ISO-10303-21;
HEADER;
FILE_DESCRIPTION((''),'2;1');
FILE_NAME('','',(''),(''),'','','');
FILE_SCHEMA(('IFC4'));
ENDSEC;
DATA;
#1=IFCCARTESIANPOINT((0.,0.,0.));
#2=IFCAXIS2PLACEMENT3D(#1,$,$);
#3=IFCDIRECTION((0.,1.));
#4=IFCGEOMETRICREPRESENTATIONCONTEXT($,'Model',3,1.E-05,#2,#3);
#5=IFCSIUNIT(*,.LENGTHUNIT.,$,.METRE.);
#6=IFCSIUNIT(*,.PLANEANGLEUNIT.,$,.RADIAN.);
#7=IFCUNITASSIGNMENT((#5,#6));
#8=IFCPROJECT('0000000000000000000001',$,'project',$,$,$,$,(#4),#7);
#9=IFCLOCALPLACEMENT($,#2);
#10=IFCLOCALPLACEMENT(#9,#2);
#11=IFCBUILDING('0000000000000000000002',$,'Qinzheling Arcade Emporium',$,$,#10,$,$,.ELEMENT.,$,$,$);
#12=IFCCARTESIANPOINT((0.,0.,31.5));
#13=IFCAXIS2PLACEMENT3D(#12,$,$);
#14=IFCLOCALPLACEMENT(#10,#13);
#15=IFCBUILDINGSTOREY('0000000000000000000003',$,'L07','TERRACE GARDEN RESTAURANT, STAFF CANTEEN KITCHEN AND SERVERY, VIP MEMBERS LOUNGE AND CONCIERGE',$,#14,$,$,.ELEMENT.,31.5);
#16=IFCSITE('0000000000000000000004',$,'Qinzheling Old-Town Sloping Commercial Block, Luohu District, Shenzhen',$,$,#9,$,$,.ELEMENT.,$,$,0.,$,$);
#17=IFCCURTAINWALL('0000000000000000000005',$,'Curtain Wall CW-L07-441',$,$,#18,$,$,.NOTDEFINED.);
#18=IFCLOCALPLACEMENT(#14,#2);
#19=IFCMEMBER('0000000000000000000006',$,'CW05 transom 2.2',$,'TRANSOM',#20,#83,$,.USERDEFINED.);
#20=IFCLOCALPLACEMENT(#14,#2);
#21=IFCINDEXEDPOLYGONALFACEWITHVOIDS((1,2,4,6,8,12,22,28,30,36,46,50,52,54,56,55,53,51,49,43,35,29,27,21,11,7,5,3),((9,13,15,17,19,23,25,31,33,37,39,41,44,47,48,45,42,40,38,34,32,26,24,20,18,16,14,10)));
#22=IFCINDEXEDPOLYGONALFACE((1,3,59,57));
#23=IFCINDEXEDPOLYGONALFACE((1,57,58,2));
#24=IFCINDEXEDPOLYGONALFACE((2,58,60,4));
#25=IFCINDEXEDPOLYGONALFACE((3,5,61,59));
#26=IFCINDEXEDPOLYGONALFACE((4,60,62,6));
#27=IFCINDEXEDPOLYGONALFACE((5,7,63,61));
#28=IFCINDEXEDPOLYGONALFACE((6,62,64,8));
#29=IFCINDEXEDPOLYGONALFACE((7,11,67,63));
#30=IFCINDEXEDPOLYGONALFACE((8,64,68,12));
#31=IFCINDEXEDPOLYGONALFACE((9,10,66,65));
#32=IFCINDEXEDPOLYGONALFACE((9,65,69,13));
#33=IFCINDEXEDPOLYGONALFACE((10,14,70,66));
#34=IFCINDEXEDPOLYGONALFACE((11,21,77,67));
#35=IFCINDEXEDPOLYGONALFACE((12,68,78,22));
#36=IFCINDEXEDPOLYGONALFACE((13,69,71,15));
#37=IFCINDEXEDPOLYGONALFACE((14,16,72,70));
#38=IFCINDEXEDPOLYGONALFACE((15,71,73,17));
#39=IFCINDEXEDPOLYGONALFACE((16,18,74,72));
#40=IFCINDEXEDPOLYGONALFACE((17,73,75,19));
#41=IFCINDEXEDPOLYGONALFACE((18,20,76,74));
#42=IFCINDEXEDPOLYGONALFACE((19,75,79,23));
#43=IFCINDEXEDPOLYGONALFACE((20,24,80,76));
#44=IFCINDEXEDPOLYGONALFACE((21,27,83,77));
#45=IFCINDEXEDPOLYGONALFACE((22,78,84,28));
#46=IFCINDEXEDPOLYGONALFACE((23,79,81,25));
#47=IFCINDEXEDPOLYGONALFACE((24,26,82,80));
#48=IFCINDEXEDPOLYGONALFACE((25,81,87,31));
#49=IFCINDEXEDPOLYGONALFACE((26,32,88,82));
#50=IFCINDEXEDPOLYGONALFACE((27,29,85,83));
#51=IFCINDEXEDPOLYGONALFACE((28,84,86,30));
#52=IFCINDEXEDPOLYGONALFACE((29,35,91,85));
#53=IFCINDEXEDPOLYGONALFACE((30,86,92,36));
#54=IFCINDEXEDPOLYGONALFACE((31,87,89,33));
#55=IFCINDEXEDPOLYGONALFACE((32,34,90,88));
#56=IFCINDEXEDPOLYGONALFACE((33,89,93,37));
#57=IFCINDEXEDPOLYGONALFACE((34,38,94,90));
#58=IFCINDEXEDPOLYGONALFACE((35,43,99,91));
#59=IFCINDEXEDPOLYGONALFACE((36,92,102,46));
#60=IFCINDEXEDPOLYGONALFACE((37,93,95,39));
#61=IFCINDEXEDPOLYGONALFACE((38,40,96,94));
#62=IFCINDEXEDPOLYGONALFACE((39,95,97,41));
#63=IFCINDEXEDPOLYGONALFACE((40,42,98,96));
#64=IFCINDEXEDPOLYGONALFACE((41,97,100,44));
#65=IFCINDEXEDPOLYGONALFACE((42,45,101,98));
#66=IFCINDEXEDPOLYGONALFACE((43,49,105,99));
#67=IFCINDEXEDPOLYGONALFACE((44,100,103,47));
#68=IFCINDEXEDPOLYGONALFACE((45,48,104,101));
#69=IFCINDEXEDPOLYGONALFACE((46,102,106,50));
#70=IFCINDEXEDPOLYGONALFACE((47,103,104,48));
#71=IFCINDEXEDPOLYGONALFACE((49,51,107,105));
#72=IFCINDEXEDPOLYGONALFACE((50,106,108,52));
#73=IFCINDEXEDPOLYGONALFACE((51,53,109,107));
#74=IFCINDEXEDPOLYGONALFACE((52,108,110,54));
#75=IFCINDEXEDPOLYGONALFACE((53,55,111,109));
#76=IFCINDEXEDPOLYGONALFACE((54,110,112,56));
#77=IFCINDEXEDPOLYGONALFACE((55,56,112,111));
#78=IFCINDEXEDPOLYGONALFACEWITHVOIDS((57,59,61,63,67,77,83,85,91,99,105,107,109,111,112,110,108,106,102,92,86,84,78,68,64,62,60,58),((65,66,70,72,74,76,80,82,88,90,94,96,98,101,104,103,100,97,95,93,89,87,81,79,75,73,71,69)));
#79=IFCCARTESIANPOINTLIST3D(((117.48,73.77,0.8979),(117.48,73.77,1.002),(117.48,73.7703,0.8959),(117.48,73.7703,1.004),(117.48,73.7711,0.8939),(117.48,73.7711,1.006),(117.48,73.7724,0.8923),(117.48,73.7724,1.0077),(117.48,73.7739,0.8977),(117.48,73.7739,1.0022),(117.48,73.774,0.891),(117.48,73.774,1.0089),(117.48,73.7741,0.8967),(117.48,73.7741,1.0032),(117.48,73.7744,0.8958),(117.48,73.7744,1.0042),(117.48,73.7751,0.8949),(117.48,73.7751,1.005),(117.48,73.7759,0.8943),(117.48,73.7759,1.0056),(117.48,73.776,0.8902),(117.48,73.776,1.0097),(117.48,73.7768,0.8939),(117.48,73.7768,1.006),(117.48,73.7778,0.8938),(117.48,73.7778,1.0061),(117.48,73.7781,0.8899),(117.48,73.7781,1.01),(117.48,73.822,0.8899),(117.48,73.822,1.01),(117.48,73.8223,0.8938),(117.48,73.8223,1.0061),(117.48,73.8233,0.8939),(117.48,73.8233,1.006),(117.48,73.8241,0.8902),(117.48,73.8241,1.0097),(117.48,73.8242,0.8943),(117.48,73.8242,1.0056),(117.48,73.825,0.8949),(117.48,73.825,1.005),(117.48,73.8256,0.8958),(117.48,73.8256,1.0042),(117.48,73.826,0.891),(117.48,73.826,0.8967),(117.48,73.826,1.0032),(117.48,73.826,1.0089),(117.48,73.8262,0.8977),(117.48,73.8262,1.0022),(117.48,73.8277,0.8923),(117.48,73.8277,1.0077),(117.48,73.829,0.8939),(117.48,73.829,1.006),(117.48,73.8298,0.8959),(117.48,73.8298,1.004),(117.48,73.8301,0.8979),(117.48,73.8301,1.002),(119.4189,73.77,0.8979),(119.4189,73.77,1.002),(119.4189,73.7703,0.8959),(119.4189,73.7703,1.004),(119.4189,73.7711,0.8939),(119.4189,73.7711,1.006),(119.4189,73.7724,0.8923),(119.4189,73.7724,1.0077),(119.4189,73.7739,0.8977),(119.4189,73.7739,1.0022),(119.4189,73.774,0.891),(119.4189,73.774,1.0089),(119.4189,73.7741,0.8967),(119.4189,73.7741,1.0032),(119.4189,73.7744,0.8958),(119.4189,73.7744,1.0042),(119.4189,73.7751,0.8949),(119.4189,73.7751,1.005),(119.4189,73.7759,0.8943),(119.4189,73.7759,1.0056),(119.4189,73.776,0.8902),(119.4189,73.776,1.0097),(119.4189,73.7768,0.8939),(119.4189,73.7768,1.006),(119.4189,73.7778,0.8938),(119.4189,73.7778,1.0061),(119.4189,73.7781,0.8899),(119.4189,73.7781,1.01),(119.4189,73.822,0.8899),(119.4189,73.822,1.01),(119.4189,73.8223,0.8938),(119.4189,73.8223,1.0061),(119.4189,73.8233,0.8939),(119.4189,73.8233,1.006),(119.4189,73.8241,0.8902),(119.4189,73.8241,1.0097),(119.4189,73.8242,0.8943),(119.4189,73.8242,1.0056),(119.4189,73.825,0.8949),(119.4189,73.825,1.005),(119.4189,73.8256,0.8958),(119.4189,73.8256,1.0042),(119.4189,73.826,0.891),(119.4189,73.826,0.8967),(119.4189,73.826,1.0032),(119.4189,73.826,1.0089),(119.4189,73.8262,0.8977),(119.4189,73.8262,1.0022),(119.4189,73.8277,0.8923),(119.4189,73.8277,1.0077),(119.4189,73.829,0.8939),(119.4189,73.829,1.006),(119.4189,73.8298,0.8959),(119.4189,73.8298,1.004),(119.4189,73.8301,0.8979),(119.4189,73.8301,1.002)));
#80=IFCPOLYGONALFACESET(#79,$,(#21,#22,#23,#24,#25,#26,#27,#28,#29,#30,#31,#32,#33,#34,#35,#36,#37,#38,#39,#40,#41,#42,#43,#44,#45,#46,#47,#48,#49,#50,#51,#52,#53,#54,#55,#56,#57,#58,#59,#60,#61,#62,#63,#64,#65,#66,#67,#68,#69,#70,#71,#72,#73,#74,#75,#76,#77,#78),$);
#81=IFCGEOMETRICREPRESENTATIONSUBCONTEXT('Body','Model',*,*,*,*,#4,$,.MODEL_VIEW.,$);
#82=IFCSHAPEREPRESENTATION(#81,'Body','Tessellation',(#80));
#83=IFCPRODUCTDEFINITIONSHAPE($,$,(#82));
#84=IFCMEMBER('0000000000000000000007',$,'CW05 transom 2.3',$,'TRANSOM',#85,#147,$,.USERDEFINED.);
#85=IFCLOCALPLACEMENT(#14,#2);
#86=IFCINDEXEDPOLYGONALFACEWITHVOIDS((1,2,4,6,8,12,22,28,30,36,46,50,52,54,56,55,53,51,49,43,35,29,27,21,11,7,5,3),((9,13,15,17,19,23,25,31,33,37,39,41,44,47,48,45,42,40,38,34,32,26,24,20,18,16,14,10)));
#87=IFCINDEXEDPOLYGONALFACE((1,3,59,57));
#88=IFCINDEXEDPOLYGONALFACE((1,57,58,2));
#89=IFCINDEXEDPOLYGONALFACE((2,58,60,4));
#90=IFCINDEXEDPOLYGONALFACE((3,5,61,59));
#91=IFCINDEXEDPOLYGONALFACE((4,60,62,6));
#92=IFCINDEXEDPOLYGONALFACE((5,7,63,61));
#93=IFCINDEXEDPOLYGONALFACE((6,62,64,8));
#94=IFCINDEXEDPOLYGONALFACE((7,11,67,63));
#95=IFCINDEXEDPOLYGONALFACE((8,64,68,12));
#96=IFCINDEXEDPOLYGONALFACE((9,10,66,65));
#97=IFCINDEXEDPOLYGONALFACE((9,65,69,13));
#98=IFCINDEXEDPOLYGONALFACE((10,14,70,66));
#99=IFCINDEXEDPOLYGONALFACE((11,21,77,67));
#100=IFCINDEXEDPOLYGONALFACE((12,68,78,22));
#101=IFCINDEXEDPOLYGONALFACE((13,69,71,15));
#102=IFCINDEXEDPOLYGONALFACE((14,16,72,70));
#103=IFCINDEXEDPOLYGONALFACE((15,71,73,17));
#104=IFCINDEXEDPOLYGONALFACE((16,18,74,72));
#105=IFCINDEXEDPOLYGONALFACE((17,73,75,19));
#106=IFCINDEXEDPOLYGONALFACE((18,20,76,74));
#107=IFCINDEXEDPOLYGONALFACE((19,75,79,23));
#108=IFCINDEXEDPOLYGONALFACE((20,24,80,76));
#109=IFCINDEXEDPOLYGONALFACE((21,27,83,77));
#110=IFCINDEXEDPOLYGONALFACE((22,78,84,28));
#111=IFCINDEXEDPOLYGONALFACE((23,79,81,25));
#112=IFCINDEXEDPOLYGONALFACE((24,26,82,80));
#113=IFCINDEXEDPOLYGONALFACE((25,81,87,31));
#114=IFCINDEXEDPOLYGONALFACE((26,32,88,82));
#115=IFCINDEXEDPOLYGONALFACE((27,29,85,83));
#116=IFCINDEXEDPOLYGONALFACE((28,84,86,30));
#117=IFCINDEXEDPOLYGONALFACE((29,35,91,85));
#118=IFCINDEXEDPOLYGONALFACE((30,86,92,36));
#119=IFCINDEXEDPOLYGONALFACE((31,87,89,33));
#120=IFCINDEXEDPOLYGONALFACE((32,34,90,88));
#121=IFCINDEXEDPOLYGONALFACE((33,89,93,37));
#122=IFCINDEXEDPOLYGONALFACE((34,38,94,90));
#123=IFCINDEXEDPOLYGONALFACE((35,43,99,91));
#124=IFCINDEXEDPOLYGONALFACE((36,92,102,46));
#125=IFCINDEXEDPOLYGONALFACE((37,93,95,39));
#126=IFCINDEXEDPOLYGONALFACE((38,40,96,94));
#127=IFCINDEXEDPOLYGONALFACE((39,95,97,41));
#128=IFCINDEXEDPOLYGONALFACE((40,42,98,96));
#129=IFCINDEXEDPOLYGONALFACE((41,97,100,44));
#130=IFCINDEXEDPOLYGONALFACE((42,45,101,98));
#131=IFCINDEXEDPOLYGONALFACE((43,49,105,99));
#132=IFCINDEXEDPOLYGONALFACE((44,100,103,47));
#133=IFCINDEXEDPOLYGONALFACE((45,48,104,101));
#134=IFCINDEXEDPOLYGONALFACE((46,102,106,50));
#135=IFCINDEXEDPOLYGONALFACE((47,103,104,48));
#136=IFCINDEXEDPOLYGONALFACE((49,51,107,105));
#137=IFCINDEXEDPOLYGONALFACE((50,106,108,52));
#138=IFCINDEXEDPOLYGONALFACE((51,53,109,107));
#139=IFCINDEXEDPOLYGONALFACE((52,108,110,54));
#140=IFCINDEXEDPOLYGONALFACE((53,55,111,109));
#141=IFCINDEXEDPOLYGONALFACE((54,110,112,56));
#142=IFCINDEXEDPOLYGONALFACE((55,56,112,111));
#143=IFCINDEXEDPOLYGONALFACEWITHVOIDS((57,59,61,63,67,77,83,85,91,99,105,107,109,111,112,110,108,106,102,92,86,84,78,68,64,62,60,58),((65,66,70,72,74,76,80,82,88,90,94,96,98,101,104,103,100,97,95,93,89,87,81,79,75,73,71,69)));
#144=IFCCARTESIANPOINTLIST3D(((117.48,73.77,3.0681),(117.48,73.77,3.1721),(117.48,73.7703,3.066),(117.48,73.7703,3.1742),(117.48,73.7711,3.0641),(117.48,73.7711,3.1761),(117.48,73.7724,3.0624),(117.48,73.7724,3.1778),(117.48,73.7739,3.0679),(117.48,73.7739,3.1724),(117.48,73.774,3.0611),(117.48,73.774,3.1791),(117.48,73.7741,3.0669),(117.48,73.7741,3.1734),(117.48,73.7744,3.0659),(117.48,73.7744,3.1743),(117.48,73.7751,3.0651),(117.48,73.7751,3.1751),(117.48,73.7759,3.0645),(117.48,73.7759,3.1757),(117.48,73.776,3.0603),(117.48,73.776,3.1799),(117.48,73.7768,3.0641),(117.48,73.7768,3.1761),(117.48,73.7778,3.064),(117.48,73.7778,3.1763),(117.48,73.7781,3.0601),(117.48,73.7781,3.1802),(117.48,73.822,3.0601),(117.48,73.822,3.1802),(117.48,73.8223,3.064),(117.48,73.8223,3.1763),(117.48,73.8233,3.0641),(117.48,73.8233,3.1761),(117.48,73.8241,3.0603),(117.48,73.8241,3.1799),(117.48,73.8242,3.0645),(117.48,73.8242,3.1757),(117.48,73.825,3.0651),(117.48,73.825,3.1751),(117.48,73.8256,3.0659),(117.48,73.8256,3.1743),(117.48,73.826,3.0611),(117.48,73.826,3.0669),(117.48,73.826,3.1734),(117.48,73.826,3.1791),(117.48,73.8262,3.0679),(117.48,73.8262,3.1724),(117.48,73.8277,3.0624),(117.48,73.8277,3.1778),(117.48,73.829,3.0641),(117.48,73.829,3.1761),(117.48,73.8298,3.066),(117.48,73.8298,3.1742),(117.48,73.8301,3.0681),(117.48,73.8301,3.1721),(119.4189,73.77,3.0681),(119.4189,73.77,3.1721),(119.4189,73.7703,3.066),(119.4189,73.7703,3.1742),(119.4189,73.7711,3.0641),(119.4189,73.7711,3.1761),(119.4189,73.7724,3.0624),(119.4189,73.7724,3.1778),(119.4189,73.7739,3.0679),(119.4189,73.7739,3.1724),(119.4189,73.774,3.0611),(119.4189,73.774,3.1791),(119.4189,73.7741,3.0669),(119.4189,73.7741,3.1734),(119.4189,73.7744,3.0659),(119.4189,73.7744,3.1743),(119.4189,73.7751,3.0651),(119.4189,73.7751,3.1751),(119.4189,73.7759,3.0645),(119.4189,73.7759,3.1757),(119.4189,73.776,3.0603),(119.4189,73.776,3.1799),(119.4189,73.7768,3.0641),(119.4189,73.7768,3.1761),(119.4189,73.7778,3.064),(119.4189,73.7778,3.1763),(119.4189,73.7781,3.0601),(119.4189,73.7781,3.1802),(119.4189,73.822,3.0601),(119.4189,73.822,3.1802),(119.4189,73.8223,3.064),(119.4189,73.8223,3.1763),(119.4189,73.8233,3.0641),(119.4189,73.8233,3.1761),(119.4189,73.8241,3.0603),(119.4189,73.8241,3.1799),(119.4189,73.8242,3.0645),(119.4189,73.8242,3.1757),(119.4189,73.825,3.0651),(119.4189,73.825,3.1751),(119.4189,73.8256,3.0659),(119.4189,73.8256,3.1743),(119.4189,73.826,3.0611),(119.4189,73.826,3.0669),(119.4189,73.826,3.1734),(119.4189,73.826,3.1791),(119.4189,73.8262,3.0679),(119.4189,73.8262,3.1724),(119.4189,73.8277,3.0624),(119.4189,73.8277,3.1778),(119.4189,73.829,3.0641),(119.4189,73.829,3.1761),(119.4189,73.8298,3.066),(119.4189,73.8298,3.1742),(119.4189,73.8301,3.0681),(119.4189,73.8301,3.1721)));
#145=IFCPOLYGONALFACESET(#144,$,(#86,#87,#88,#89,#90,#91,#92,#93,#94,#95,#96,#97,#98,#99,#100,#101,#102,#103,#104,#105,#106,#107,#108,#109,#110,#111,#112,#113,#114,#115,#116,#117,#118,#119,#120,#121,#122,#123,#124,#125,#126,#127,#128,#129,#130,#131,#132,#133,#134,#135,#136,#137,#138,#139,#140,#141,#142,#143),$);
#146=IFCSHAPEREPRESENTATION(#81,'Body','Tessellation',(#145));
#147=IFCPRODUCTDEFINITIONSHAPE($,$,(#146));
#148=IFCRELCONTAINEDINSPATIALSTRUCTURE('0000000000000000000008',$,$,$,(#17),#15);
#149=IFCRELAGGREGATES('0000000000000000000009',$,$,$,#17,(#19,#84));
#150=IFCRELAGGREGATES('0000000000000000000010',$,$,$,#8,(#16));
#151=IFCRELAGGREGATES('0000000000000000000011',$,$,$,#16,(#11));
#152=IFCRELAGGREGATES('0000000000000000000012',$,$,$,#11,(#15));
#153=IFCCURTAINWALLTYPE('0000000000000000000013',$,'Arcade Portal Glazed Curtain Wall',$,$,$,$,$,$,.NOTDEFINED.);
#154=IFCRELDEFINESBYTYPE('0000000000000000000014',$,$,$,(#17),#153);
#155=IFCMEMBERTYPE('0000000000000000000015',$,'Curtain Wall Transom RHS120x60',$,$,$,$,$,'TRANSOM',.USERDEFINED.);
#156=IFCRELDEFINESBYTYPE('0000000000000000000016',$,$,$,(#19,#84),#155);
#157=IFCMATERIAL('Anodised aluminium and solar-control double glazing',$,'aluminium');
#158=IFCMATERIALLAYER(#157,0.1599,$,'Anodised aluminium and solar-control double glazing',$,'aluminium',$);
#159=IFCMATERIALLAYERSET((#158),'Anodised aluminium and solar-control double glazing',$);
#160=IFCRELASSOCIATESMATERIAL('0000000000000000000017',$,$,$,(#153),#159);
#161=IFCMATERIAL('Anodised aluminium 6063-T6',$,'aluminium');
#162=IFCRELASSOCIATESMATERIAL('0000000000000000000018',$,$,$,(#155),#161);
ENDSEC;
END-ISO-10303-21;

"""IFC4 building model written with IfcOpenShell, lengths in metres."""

from ifc_helpers import new_model, si_unit, direction, frame, origin, origin_2d, place, context, subcontext, project, spatial, hollow_rectangle, extrude, material, layer, layer_set, material_profile, profile_set, type_object, element, aggregate, save


model = new_model("IFC4")

# Units and contexts
model_context = context("Model", 3, precision=1e-05, world=origin(), true_north=direction((0.0, 1.0)))
body_context = subcontext(model_context, "Body", "Model", "MODEL_VIEW")
ifc_project = project(units=[si_unit("LENGTHUNIT", "METRE"), si_unit("PLANEANGLEUNIT", "RADIAN")], contexts=[model_context])

# Site, building, storey
site_placement = place(None, origin())
site = spatial("IfcSite", under=ifc_project, at=site_placement, Name="Qinzheling Old-Town Sloping Commercial Block, Luohu District, Shenzhen", CompositionType="ELEMENT", RefElevation=0.0)
building_placement = place(site_placement, origin())
building = spatial("IfcBuilding", under=site, at=building_placement, Name="Qinzheling Arcade Emporium", CompositionType="ELEMENT")
storey_placement = place(building_placement, frame((0.0, 0.0, 31.5)))
storey = spatial("IfcBuildingStorey", under=building, at=storey_placement, Name="L07", Description="TERRACE GARDEN RESTAURANT, STAFF CANTEEN KITCHEN AND SERVERY, VIP MEMBERS LOUNGE AND CONCIERGE", CompositionType="ELEMENT", Elevation=31.5)

# Curtain wall, members
ifc_material_1 = material(Name="Anodised aluminium and solar-control double glazing", Category="aluminium")
ifc_layer_1 = layer(ifc_material_1, 0.1599, Name="Anodised aluminium and solar-control double glazing", Category="aluminium")
ifc_layer_set_1 = layer_set([ifc_layer_1], Name="Anodised aluminium and solar-control double glazing")
curtain_wall_type = type_object("IfcCurtainWallType", Name="Arcade Portal Glazed Curtain Wall", PredefinedType="NOTDEFINED", material=ifc_layer_set_1)
curtain_wall_placement = place(storey_placement, origin())
curtain_wall = element("IfcCurtainWall", 1, at=curtain_wall_placement, inside=storey, type_object=curtain_wall_type, Name="Curtain Wall CW-L07-441", PredefinedType="NOTDEFINED")
ifc_material_2 = material(Name="Anodised aluminium 6063-T6", Category="aluminium")
ifc_material_profile_1 = material_profile(ifc_material_2, hollow_rectangle(XDim=0.0601, YDim=0.1201, WallThickness=0.0039, InnerFilletRadius=0.0039, OuterFilletRadius=0.0081, at=origin_2d()), Name="RHS 120x60x4", Category="aluminium")
ifc_profile_set_1 = profile_set([ifc_material_profile_1], Name="Anodised aluminium 6063-T6")
member_type_1 = type_object("IfcMemberType", Name="Curtain Wall Transom RHS120x60", ElementType="TRANSOM", PredefinedType="USERDEFINED", material=ifc_profile_set_1)
member_1_placement = place(storey_placement, frame((119.4189, 73.8, 0.95), z_axis=(-1.0, 0.0, 0.0), x_axis=(0.0, -1.0, 0.0)))
member_1 = element("IfcMember", 2, at=member_1_placement, type_object=member_type_1, Name="CW05 transom 2.2", ObjectType="TRANSOM", PredefinedType="USERDEFINED", context=body_context, shape_type="SweptSolid", body=[
    extrude(hollow_rectangle(XDim=0.0601, YDim=0.1201, WallThickness=0.0039, InnerFilletRadius=0.0039, OuterFilletRadius=0.0081, at=origin_2d()), origin(), (0.0, 0.0, 1.0), 1.939),
])
member_2_placement = place(storey_placement, frame((119.4189, 73.8, 3.1201), z_axis=(-1.0, 0.0, 0.0), x_axis=(0.0, -1.0, 0.0)))
member_2 = element("IfcMember", 3, at=member_2_placement, type_object=member_type_1, Name="CW05 transom 2.3", ObjectType="TRANSOM", PredefinedType="USERDEFINED", context=body_context, shape_type="SweptSolid", body=[
    extrude(hollow_rectangle(XDim=0.0601, YDim=0.1201, WallThickness=0.0039, InnerFilletRadius=0.0039, OuterFilletRadius=0.0081, at=origin_2d()), origin(), (0.0, 0.0, 1.0), 1.939),
])
aggregate(curtain_wall, [member_1, member_2])

save(model, "model.ifc")
